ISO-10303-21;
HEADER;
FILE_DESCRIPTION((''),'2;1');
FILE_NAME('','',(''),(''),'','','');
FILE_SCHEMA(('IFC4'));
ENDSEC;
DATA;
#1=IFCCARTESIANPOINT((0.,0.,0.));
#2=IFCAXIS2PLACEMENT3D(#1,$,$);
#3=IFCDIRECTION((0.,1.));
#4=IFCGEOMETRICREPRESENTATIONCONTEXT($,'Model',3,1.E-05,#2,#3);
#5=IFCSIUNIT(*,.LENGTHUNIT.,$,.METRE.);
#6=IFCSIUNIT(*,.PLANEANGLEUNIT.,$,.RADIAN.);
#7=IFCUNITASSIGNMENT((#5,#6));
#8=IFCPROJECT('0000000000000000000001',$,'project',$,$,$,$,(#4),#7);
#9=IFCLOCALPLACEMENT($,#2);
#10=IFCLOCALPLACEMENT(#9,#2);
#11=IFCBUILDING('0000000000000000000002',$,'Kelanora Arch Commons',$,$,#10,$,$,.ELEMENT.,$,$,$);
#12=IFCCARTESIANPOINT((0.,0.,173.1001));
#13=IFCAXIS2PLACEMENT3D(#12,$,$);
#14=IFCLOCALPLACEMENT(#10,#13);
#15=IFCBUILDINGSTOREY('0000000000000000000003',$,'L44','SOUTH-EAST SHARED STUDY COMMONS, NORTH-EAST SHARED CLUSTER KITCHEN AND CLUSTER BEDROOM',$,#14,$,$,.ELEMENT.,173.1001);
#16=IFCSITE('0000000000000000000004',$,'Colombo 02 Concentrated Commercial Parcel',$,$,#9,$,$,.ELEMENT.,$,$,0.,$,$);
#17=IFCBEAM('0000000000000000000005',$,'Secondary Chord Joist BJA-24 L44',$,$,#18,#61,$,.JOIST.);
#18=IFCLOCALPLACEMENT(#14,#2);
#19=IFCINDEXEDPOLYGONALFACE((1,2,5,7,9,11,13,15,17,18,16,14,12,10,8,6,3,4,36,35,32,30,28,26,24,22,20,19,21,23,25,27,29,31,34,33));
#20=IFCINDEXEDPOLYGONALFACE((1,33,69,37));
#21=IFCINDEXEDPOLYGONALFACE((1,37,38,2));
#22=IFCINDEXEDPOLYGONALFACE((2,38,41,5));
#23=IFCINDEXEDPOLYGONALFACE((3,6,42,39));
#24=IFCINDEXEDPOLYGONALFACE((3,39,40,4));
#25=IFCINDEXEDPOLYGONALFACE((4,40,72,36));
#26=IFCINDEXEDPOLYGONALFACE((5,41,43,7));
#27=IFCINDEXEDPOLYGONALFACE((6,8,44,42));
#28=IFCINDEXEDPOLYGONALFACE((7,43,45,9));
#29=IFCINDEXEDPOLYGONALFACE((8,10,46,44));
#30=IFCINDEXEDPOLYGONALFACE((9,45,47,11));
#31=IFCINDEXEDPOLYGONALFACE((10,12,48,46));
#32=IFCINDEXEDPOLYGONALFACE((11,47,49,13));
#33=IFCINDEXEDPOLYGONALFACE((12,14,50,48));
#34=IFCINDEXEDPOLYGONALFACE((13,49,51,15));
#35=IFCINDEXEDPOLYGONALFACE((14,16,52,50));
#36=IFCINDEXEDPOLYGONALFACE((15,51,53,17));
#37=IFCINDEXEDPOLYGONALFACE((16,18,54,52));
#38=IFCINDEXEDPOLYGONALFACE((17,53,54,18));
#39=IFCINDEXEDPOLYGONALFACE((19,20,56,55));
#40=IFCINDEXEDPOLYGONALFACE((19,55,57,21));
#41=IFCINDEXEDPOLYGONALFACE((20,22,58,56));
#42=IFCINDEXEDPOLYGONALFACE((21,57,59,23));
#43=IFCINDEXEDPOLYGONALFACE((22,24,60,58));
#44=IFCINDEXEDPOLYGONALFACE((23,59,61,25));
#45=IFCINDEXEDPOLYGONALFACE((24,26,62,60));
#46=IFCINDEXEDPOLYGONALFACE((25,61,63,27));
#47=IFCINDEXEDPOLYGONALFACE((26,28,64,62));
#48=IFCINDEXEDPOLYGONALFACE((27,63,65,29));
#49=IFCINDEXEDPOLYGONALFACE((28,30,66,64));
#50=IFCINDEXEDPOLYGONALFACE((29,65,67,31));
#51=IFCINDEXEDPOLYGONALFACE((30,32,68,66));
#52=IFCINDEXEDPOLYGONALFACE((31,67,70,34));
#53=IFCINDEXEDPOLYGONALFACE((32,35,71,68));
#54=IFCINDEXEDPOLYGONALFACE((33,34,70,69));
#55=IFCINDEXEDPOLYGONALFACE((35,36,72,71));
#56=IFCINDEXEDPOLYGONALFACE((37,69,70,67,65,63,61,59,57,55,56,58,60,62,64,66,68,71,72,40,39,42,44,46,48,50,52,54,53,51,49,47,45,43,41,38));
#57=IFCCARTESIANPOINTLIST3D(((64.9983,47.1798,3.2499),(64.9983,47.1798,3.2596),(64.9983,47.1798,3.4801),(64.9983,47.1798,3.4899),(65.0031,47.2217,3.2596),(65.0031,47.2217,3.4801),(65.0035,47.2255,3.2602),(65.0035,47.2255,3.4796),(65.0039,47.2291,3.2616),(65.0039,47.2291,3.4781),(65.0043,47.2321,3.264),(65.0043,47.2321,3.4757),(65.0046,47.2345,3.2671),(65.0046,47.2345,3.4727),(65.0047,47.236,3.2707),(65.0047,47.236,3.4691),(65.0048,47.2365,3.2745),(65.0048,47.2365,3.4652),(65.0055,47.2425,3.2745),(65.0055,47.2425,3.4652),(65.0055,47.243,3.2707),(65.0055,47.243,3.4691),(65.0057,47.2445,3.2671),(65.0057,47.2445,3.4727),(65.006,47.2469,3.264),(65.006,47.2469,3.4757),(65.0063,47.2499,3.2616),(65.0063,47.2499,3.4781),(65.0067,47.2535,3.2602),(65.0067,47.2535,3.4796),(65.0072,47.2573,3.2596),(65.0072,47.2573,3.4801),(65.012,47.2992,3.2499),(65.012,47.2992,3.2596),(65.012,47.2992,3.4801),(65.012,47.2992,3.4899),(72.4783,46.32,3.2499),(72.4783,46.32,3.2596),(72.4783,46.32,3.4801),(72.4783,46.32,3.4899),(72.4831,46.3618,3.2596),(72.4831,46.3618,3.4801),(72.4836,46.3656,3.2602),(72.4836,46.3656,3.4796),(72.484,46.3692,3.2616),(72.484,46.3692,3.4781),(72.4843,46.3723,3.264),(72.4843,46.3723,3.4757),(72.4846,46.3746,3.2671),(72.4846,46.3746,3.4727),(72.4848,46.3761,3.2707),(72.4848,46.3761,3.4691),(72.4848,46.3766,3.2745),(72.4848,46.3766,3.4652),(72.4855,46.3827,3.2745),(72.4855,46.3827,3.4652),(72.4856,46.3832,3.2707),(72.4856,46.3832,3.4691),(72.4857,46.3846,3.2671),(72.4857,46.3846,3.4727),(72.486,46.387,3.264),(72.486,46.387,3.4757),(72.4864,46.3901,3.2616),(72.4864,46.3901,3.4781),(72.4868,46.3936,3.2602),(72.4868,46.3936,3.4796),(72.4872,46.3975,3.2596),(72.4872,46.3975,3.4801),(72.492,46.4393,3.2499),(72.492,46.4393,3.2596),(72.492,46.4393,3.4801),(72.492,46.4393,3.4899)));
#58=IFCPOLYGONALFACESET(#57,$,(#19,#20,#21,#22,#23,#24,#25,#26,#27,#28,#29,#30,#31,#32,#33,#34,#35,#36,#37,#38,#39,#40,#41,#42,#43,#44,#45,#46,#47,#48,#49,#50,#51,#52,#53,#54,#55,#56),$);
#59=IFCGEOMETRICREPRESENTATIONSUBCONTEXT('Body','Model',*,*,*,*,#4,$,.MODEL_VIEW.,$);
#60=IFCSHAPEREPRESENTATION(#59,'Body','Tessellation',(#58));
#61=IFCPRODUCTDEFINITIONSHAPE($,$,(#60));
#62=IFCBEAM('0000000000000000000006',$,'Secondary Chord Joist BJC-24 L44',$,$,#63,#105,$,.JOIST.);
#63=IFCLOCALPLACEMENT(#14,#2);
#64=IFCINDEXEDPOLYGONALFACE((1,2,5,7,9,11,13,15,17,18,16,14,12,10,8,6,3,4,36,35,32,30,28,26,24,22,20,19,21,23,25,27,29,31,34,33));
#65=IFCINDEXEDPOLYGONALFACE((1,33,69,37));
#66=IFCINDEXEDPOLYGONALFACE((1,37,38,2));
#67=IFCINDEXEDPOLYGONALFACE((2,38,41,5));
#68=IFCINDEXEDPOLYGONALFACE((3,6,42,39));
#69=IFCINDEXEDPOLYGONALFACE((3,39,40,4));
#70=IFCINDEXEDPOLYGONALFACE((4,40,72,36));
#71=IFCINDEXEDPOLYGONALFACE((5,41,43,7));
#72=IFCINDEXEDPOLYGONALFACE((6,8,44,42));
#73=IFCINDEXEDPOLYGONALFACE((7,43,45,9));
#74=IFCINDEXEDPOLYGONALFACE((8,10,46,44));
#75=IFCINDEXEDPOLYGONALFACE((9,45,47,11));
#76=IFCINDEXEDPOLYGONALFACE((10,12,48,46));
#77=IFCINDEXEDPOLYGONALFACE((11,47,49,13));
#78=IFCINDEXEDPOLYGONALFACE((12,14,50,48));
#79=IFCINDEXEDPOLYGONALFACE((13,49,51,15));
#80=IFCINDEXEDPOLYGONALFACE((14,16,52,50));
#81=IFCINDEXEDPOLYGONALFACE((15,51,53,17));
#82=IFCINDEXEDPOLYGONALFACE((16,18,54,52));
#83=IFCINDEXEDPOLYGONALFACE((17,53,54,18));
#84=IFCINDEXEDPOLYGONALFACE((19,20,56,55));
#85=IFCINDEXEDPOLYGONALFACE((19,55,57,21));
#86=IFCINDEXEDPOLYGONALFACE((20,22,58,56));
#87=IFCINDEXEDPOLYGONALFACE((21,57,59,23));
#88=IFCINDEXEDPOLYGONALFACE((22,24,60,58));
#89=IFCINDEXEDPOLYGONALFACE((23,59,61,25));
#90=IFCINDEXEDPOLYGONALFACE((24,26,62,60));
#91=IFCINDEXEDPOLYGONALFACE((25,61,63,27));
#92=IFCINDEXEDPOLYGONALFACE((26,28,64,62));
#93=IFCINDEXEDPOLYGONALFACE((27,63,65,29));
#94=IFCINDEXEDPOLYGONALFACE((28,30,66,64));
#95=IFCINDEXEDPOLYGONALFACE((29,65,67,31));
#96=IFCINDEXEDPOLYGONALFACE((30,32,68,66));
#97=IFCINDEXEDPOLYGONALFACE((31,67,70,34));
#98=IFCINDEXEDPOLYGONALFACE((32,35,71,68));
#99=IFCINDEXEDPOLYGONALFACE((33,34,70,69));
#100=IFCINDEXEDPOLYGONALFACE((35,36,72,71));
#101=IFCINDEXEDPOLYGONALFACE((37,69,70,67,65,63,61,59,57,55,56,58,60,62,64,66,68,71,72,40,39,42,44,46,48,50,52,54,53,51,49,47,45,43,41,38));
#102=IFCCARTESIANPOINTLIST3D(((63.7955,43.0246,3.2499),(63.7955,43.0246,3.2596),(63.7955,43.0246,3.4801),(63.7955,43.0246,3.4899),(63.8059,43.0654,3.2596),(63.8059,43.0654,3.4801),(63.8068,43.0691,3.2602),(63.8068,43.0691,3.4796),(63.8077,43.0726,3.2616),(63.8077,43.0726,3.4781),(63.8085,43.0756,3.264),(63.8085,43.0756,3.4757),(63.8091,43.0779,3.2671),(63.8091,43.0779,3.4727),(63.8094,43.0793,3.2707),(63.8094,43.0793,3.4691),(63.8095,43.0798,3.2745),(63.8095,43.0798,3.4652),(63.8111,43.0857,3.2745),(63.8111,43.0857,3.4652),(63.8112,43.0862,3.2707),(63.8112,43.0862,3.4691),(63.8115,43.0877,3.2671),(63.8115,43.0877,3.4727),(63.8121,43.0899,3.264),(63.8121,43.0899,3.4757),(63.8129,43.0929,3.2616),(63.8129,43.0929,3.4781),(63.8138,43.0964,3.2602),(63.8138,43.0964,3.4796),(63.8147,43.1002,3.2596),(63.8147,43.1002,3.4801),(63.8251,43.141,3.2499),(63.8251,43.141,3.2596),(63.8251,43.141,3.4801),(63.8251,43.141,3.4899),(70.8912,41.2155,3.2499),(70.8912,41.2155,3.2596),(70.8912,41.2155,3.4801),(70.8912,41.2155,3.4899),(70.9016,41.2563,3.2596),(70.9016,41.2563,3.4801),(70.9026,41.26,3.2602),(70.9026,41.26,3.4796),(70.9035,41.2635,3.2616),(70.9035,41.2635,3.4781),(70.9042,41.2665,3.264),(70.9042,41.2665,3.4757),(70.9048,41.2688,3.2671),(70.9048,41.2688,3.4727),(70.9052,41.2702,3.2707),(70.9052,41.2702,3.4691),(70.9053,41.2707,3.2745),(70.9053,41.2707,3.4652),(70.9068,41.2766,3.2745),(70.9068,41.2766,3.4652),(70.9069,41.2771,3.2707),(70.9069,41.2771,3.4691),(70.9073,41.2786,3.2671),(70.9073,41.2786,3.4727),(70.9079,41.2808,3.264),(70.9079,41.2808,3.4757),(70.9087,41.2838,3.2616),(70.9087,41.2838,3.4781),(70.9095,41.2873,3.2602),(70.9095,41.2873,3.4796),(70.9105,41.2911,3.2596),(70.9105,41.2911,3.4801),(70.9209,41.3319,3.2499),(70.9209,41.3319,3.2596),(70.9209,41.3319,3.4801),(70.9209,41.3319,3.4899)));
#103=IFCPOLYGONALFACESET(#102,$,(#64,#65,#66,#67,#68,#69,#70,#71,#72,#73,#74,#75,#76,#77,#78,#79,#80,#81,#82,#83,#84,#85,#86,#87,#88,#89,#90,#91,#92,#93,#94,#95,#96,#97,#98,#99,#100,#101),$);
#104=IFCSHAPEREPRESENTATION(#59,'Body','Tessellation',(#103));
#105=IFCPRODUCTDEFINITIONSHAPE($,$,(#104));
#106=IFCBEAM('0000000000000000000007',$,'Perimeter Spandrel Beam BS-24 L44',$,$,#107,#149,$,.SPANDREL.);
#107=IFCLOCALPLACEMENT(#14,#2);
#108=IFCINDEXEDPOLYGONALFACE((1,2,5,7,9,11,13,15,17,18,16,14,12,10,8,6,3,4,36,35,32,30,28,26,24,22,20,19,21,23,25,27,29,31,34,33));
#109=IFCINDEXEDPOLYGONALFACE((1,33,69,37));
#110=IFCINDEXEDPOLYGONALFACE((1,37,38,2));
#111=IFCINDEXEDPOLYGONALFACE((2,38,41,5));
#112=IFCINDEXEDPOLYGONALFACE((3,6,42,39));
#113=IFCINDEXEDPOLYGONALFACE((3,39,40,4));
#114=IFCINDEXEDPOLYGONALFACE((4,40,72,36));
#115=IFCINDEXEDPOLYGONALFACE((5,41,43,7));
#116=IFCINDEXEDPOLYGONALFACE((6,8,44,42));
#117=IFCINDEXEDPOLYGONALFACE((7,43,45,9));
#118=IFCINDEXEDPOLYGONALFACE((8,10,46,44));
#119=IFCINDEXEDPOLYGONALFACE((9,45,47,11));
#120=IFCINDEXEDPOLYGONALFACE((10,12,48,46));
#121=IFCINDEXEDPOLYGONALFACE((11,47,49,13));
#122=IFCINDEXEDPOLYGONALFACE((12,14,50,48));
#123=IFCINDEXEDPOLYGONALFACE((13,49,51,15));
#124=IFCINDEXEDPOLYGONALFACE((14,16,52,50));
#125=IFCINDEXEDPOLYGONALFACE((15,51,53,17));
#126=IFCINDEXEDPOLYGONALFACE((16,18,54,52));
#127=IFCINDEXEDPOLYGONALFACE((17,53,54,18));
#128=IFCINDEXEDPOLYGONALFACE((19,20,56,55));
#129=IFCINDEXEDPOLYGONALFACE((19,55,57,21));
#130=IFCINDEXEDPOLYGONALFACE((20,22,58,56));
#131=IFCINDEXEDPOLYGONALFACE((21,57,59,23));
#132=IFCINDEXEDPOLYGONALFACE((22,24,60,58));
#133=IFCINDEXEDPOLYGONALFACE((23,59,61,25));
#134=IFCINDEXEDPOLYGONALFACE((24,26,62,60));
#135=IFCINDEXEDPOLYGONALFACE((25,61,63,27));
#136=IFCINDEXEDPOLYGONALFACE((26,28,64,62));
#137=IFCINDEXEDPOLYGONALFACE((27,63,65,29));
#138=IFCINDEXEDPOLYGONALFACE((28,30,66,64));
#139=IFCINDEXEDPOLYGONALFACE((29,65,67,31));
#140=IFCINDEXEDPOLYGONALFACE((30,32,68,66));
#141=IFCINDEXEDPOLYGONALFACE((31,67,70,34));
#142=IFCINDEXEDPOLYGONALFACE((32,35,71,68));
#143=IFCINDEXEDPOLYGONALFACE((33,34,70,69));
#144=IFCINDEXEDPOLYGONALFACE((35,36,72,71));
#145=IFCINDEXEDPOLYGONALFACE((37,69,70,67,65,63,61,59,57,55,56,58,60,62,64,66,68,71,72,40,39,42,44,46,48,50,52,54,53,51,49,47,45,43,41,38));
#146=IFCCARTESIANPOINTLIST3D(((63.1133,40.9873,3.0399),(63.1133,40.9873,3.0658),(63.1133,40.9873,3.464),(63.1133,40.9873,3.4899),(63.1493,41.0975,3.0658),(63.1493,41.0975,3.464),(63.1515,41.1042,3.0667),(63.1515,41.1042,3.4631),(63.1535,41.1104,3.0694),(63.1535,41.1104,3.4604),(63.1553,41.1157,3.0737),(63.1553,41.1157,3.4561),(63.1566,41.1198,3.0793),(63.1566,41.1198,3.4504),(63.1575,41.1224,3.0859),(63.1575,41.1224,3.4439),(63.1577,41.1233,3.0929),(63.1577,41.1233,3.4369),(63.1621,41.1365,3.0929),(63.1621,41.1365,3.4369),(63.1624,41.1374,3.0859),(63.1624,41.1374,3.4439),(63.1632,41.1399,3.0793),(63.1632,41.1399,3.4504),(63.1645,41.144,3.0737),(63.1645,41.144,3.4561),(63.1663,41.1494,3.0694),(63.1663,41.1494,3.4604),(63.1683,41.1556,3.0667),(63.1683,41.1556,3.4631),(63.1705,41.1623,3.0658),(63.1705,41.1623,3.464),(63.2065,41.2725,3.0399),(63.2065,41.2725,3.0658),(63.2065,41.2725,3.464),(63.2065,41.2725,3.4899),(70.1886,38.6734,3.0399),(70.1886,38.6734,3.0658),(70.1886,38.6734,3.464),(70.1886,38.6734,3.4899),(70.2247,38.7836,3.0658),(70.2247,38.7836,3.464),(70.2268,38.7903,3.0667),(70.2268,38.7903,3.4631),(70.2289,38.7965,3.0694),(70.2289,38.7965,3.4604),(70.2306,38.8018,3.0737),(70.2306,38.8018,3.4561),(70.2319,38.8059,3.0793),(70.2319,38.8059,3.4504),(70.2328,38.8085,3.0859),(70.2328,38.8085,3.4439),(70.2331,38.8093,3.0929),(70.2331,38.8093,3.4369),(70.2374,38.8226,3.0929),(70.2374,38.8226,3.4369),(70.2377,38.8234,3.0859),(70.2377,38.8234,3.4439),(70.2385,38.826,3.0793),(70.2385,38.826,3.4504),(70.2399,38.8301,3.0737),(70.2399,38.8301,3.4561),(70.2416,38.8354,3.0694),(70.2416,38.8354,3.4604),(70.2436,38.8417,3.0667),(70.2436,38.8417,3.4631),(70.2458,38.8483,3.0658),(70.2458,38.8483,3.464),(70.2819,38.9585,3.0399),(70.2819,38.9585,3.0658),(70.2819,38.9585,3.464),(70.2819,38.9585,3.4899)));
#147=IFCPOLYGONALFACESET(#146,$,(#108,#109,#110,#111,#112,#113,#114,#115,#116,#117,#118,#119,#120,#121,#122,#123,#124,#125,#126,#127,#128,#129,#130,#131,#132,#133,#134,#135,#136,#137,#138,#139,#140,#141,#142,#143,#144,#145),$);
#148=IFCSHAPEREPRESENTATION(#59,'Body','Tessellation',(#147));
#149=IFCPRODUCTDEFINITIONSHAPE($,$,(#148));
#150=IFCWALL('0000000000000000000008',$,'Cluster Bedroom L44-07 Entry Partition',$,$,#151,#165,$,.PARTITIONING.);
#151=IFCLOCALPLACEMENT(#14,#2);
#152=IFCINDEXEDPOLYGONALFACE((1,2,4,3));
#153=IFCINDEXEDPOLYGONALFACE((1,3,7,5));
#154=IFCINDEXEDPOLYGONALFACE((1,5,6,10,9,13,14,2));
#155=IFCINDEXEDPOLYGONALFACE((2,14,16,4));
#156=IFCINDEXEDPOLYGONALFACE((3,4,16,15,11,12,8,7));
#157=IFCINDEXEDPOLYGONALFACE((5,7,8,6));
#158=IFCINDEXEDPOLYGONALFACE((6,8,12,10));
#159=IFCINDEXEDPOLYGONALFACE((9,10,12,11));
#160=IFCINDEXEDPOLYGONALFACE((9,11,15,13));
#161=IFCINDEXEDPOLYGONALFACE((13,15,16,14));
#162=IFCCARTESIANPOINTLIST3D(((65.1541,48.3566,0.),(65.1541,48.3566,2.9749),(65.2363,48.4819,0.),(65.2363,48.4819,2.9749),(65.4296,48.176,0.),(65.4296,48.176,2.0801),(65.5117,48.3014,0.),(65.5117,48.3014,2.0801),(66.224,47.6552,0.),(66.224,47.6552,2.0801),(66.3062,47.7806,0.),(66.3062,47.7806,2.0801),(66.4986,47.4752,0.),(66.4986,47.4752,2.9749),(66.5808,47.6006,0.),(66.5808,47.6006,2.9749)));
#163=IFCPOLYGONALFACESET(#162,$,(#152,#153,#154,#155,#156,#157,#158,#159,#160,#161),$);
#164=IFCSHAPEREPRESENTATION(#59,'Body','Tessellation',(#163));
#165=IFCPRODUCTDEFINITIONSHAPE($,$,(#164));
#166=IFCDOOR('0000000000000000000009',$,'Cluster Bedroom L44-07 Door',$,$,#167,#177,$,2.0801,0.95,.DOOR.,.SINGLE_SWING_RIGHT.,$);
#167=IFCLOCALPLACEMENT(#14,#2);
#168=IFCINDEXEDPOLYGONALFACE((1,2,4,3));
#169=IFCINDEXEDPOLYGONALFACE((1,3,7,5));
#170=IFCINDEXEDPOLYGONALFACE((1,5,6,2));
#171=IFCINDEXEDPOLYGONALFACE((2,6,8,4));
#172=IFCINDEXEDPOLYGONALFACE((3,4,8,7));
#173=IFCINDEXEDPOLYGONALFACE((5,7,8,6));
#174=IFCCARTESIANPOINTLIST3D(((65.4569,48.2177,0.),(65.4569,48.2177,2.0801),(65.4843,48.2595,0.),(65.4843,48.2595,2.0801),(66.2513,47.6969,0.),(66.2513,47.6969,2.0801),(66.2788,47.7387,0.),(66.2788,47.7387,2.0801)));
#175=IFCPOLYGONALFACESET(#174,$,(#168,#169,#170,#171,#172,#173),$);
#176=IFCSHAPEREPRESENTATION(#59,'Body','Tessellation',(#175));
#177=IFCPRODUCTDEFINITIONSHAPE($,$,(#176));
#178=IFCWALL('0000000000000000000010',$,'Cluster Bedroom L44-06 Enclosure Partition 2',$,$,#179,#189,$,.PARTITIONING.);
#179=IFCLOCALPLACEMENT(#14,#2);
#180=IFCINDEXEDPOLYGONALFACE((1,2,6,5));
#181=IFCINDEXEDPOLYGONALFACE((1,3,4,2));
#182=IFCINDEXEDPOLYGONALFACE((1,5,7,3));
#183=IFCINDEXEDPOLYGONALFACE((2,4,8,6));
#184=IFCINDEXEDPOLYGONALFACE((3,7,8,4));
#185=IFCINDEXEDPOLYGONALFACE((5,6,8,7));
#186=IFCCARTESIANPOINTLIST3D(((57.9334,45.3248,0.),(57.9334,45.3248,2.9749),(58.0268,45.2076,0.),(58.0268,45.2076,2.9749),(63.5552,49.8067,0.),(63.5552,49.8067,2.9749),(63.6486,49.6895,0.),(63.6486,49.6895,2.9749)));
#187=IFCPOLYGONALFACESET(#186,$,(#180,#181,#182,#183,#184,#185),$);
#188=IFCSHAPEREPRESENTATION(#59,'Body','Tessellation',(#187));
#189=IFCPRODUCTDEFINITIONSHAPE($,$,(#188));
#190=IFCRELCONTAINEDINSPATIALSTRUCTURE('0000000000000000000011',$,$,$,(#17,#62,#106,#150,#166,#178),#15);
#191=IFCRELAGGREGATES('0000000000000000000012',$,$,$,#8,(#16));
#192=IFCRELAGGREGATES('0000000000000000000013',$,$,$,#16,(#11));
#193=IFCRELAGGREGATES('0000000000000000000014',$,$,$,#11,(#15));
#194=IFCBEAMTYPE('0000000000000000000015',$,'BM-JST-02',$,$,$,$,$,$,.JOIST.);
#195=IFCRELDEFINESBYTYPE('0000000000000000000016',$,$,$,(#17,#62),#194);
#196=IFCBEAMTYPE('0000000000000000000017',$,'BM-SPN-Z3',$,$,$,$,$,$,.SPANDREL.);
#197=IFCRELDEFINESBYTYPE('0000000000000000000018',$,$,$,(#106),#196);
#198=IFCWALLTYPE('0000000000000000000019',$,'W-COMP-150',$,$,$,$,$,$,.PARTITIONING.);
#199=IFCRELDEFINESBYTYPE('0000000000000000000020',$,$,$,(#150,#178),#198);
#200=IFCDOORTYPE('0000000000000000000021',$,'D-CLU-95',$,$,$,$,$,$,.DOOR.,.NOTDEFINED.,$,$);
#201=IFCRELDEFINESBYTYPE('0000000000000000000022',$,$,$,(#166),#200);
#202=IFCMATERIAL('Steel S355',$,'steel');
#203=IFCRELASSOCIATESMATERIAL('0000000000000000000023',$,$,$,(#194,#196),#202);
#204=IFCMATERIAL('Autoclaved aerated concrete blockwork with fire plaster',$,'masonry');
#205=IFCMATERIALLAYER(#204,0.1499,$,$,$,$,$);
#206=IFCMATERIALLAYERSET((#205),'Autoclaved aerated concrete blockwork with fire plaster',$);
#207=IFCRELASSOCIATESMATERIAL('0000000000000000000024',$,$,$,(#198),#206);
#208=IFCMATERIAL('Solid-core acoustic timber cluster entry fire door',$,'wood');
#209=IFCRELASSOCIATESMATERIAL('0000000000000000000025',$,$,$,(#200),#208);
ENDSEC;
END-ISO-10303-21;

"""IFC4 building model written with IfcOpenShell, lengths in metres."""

from ifc_helpers import new_model, si_unit, direction, frame, frame_2d, origin, origin_2d, place, context, subcontext, project, spatial, rectangle, i_section, extrude, material, layer, layer_set, material_profile, profile_set, type_object, element, fill, save


model = new_model("IFC4")

# Units and contexts
model_context = context("Model", 3, precision=1e-05, world=origin(), true_north=direction((0.0, 1.0)))
body_context = subcontext(model_context, "Body", "Model", "MODEL_VIEW")
ifc_project = project(units=[si_unit("LENGTHUNIT", "METRE"), si_unit("PLANEANGLEUNIT", "RADIAN")], contexts=[model_context])

# Site, building, storey
site_placement = place(None, origin())
site = spatial("IfcSite", under=ifc_project, at=site_placement, Name="Colombo 02 Concentrated Commercial Parcel", CompositionType="ELEMENT", RefElevation=0.0)
building_placement = place(site_placement, origin())
building = spatial("IfcBuilding", under=site, at=building_placement, Name="Kelanora Arch Commons", CompositionType="ELEMENT")
storey_placement = place(building_placement, frame((0.0, 0.0, 173.1001)))
storey = spatial("IfcBuildingStorey", under=building, at=storey_placement, Name="L44", Description="SOUTH-EAST SHARED STUDY COMMONS, NORTH-EAST SHARED CLUSTER KITCHEN AND CLUSTER BEDROOM", CompositionType="ELEMENT", Elevation=173.1001)

# Beams
ifc_material_1 = material(Name="Steel S355", Category="steel")
ifc_material_profile_1 = material_profile(ifc_material_1, i_section(OverallWidth=0.1201, OverallDepth=0.24, WebThickness=0.0061, FlangeThickness=0.0098, FilletRadius=0.0149, at=origin_2d()), Name="IPE240")
ifc_profile_set_1 = profile_set([ifc_material_profile_1], Name="Steel S355")
beam_type_1 = type_object("IfcBeamType", Name="BM-JST-02", PredefinedType="JOIST", material=ifc_profile_set_1)
beam_1_placement = place(storey_placement, frame((65.0051, 47.2395, 3.3699), z_axis=(0.993457, -0.114203, 0.0), x_axis=(0.114203, 0.993457, 0.0)))
element("IfcBeam", 1, at=beam_1_placement, inside=storey, type_object=beam_type_1, Name="Secondary Chord Joist BJA-24 L44", PredefinedType="JOIST", context=body_context, shape_type="SweptSolid", body=[
    extrude(i_section(OverallWidth=0.1201, OverallDepth=0.24, WebThickness=0.0061, FlangeThickness=0.0098, FilletRadius=0.0149, at=origin_2d()), origin(), (0.0, 0.0, 1.0), 7.5293),
])
beam_2_placement = place(storey_placement, frame((63.8103, 43.0828, 3.3699), z_axis=(0.969002, -0.247052, 0.0), x_axis=(0.247052, 0.969002, 0.0)))
element("IfcBeam", 2, at=beam_2_placement, inside=storey, type_object=beam_type_1, Name="Secondary Chord Joist BJC-24 L44", PredefinedType="JOIST", context=body_context, shape_type="SweptSolid", body=[
    extrude(i_section(OverallWidth=0.1201, OverallDepth=0.24, WebThickness=0.0061, FlangeThickness=0.0098, FilletRadius=0.0149, at=origin_2d()), origin(), (0.0, 0.0, 1.0), 7.3228),
])
ifc_material_profile_2 = material_profile(ifc_material_1, i_section(OverallWidth=0.3, OverallDepth=0.45, WebThickness=0.0139, FlangeThickness=0.0259, FilletRadius=0.0271, at=origin_2d()), Name="HEB450")
ifc_profile_set_2 = profile_set([ifc_material_profile_2], Name="Steel S355")
beam_type_2 = type_object("IfcBeamType", Name="BM-SPN-Z3", PredefinedType="SPANDREL", material=ifc_profile_set_2)
beam_3_placement = place(storey_placement, frame((63.1599, 41.1299, 3.2649), z_axis=(0.950462, -0.310841, 0.0), x_axis=(0.310841, 0.950462, 0.0)))
element("IfcBeam", 3, at=beam_3_placement, inside=storey, type_object=beam_type_2, Name="Perimeter Spandrel Beam BS-24 L44", PredefinedType="SPANDREL", context=body_context, shape_type="SweptSolid", body=[
    extrude(i_section(OverallWidth=0.3, OverallDepth=0.45, WebThickness=0.0139, FlangeThickness=0.0259, FilletRadius=0.0271, at=origin_2d()), origin(), (0.0, 0.0, 1.0), 7.4441),
])

# Wall, opening, door
ifc_material_2 = material(Name="Autoclaved aerated concrete blockwork with fire plaster", Category="masonry")
ifc_layer_1 = layer(ifc_material_2, 0.1499)
ifc_layer_set_1 = layer_set([ifc_layer_1], Name="Autoclaved aerated concrete blockwork with fire plaster")
wall_type_1 = type_object("IfcWallType", Name="W-COMP-150", PredefinedType="PARTITIONING", material=ifc_layer_set_1)
wall_1_placement = place(storey_placement, frame((65.1953, 48.4192, 0.0), z_axis=(0.0, 0.0, 1.0), x_axis=(0.836324, -0.548235, 0.0)))
wall_1 = element("IfcWall", 4, at=wall_1_placement, inside=storey, type_object=wall_type_1, Name="Cluster Bedroom L44-07 Entry Partition", PredefinedType="PARTITIONING", context=body_context, shape_type="SweptSolid", body=[
    extrude(rectangle(XDim=1.6077, YDim=0.1499, at=frame_2d((0.8037, 0.0))), origin(), (0.0, 0.0, 1.0), 2.9749),
])
opening_1_placement = place(wall_1_placement, frame((0.3291, 0.0, 0.0)))
opening_1 = element("IfcOpeningElement", 5, at=opening_1_placement, cuts=wall_1, PredefinedType="OPENING", context=body_context, shape_type="SweptSolid", body=[
    extrude(rectangle(XDim=0.95, YDim=2.0801, at=frame_2d((0.4751, 1.04))), frame((0.0, 0.085, 0.0), z_axis=(0.0, -1.0, 0.0), x_axis=(1.0, 0.0, 0.0)), (0.0, 0.0, 1.0), 0.1699),
])
ifc_material_3 = material(Name="Solid-core acoustic timber cluster entry fire door", Category="wood")
door_type_1 = type_object("IfcDoorType", Name="D-CLU-95", OperationType="NOTDEFINED", PredefinedType="DOOR", material=ifc_material_3)
door_1_placement = place(opening_1_placement, origin())
door_1 = element("IfcDoor", 6, at=door_1_placement, inside=storey, type_object=door_type_1, Name="Cluster Bedroom L44-07 Door", OperationType="SINGLE_SWING_RIGHT", OverallHeight=2.0801, OverallWidth=0.95, PredefinedType="DOOR", context=body_context, shape_type="SweptSolid", body=[
    extrude(rectangle(XDim=0.95, YDim=2.0801, at=frame_2d((0.4751, 1.04))), frame((0.0, 0.0249, 0.0), z_axis=(0.0, -1.0, 0.0), x_axis=(1.0, 0.0, 0.0)), (0.0, 0.0, 1.0), 0.05),
])
fill(opening_1, door_1)

# Wall
wall_2_placement = place(storey_placement, frame((63.6018, 49.748, 0.0), z_axis=(0.0, 0.0, 1.0), x_axis=(-0.781921, -0.623377, 0.0)))
element("IfcWall", 7, at=wall_2_placement, inside=storey, type_object=wall_type_1, Name="Cluster Bedroom L44-06 Enclosure Partition 2", PredefinedType="PARTITIONING", context=body_context, shape_type="SweptSolid", body=[
    extrude(rectangle(XDim=7.1897, YDim=0.1499, at=frame_2d((3.5947, 0.0))), origin(), (0.0, 0.0, 1.0), 2.9749),
])

save(model, "model.ifc")
